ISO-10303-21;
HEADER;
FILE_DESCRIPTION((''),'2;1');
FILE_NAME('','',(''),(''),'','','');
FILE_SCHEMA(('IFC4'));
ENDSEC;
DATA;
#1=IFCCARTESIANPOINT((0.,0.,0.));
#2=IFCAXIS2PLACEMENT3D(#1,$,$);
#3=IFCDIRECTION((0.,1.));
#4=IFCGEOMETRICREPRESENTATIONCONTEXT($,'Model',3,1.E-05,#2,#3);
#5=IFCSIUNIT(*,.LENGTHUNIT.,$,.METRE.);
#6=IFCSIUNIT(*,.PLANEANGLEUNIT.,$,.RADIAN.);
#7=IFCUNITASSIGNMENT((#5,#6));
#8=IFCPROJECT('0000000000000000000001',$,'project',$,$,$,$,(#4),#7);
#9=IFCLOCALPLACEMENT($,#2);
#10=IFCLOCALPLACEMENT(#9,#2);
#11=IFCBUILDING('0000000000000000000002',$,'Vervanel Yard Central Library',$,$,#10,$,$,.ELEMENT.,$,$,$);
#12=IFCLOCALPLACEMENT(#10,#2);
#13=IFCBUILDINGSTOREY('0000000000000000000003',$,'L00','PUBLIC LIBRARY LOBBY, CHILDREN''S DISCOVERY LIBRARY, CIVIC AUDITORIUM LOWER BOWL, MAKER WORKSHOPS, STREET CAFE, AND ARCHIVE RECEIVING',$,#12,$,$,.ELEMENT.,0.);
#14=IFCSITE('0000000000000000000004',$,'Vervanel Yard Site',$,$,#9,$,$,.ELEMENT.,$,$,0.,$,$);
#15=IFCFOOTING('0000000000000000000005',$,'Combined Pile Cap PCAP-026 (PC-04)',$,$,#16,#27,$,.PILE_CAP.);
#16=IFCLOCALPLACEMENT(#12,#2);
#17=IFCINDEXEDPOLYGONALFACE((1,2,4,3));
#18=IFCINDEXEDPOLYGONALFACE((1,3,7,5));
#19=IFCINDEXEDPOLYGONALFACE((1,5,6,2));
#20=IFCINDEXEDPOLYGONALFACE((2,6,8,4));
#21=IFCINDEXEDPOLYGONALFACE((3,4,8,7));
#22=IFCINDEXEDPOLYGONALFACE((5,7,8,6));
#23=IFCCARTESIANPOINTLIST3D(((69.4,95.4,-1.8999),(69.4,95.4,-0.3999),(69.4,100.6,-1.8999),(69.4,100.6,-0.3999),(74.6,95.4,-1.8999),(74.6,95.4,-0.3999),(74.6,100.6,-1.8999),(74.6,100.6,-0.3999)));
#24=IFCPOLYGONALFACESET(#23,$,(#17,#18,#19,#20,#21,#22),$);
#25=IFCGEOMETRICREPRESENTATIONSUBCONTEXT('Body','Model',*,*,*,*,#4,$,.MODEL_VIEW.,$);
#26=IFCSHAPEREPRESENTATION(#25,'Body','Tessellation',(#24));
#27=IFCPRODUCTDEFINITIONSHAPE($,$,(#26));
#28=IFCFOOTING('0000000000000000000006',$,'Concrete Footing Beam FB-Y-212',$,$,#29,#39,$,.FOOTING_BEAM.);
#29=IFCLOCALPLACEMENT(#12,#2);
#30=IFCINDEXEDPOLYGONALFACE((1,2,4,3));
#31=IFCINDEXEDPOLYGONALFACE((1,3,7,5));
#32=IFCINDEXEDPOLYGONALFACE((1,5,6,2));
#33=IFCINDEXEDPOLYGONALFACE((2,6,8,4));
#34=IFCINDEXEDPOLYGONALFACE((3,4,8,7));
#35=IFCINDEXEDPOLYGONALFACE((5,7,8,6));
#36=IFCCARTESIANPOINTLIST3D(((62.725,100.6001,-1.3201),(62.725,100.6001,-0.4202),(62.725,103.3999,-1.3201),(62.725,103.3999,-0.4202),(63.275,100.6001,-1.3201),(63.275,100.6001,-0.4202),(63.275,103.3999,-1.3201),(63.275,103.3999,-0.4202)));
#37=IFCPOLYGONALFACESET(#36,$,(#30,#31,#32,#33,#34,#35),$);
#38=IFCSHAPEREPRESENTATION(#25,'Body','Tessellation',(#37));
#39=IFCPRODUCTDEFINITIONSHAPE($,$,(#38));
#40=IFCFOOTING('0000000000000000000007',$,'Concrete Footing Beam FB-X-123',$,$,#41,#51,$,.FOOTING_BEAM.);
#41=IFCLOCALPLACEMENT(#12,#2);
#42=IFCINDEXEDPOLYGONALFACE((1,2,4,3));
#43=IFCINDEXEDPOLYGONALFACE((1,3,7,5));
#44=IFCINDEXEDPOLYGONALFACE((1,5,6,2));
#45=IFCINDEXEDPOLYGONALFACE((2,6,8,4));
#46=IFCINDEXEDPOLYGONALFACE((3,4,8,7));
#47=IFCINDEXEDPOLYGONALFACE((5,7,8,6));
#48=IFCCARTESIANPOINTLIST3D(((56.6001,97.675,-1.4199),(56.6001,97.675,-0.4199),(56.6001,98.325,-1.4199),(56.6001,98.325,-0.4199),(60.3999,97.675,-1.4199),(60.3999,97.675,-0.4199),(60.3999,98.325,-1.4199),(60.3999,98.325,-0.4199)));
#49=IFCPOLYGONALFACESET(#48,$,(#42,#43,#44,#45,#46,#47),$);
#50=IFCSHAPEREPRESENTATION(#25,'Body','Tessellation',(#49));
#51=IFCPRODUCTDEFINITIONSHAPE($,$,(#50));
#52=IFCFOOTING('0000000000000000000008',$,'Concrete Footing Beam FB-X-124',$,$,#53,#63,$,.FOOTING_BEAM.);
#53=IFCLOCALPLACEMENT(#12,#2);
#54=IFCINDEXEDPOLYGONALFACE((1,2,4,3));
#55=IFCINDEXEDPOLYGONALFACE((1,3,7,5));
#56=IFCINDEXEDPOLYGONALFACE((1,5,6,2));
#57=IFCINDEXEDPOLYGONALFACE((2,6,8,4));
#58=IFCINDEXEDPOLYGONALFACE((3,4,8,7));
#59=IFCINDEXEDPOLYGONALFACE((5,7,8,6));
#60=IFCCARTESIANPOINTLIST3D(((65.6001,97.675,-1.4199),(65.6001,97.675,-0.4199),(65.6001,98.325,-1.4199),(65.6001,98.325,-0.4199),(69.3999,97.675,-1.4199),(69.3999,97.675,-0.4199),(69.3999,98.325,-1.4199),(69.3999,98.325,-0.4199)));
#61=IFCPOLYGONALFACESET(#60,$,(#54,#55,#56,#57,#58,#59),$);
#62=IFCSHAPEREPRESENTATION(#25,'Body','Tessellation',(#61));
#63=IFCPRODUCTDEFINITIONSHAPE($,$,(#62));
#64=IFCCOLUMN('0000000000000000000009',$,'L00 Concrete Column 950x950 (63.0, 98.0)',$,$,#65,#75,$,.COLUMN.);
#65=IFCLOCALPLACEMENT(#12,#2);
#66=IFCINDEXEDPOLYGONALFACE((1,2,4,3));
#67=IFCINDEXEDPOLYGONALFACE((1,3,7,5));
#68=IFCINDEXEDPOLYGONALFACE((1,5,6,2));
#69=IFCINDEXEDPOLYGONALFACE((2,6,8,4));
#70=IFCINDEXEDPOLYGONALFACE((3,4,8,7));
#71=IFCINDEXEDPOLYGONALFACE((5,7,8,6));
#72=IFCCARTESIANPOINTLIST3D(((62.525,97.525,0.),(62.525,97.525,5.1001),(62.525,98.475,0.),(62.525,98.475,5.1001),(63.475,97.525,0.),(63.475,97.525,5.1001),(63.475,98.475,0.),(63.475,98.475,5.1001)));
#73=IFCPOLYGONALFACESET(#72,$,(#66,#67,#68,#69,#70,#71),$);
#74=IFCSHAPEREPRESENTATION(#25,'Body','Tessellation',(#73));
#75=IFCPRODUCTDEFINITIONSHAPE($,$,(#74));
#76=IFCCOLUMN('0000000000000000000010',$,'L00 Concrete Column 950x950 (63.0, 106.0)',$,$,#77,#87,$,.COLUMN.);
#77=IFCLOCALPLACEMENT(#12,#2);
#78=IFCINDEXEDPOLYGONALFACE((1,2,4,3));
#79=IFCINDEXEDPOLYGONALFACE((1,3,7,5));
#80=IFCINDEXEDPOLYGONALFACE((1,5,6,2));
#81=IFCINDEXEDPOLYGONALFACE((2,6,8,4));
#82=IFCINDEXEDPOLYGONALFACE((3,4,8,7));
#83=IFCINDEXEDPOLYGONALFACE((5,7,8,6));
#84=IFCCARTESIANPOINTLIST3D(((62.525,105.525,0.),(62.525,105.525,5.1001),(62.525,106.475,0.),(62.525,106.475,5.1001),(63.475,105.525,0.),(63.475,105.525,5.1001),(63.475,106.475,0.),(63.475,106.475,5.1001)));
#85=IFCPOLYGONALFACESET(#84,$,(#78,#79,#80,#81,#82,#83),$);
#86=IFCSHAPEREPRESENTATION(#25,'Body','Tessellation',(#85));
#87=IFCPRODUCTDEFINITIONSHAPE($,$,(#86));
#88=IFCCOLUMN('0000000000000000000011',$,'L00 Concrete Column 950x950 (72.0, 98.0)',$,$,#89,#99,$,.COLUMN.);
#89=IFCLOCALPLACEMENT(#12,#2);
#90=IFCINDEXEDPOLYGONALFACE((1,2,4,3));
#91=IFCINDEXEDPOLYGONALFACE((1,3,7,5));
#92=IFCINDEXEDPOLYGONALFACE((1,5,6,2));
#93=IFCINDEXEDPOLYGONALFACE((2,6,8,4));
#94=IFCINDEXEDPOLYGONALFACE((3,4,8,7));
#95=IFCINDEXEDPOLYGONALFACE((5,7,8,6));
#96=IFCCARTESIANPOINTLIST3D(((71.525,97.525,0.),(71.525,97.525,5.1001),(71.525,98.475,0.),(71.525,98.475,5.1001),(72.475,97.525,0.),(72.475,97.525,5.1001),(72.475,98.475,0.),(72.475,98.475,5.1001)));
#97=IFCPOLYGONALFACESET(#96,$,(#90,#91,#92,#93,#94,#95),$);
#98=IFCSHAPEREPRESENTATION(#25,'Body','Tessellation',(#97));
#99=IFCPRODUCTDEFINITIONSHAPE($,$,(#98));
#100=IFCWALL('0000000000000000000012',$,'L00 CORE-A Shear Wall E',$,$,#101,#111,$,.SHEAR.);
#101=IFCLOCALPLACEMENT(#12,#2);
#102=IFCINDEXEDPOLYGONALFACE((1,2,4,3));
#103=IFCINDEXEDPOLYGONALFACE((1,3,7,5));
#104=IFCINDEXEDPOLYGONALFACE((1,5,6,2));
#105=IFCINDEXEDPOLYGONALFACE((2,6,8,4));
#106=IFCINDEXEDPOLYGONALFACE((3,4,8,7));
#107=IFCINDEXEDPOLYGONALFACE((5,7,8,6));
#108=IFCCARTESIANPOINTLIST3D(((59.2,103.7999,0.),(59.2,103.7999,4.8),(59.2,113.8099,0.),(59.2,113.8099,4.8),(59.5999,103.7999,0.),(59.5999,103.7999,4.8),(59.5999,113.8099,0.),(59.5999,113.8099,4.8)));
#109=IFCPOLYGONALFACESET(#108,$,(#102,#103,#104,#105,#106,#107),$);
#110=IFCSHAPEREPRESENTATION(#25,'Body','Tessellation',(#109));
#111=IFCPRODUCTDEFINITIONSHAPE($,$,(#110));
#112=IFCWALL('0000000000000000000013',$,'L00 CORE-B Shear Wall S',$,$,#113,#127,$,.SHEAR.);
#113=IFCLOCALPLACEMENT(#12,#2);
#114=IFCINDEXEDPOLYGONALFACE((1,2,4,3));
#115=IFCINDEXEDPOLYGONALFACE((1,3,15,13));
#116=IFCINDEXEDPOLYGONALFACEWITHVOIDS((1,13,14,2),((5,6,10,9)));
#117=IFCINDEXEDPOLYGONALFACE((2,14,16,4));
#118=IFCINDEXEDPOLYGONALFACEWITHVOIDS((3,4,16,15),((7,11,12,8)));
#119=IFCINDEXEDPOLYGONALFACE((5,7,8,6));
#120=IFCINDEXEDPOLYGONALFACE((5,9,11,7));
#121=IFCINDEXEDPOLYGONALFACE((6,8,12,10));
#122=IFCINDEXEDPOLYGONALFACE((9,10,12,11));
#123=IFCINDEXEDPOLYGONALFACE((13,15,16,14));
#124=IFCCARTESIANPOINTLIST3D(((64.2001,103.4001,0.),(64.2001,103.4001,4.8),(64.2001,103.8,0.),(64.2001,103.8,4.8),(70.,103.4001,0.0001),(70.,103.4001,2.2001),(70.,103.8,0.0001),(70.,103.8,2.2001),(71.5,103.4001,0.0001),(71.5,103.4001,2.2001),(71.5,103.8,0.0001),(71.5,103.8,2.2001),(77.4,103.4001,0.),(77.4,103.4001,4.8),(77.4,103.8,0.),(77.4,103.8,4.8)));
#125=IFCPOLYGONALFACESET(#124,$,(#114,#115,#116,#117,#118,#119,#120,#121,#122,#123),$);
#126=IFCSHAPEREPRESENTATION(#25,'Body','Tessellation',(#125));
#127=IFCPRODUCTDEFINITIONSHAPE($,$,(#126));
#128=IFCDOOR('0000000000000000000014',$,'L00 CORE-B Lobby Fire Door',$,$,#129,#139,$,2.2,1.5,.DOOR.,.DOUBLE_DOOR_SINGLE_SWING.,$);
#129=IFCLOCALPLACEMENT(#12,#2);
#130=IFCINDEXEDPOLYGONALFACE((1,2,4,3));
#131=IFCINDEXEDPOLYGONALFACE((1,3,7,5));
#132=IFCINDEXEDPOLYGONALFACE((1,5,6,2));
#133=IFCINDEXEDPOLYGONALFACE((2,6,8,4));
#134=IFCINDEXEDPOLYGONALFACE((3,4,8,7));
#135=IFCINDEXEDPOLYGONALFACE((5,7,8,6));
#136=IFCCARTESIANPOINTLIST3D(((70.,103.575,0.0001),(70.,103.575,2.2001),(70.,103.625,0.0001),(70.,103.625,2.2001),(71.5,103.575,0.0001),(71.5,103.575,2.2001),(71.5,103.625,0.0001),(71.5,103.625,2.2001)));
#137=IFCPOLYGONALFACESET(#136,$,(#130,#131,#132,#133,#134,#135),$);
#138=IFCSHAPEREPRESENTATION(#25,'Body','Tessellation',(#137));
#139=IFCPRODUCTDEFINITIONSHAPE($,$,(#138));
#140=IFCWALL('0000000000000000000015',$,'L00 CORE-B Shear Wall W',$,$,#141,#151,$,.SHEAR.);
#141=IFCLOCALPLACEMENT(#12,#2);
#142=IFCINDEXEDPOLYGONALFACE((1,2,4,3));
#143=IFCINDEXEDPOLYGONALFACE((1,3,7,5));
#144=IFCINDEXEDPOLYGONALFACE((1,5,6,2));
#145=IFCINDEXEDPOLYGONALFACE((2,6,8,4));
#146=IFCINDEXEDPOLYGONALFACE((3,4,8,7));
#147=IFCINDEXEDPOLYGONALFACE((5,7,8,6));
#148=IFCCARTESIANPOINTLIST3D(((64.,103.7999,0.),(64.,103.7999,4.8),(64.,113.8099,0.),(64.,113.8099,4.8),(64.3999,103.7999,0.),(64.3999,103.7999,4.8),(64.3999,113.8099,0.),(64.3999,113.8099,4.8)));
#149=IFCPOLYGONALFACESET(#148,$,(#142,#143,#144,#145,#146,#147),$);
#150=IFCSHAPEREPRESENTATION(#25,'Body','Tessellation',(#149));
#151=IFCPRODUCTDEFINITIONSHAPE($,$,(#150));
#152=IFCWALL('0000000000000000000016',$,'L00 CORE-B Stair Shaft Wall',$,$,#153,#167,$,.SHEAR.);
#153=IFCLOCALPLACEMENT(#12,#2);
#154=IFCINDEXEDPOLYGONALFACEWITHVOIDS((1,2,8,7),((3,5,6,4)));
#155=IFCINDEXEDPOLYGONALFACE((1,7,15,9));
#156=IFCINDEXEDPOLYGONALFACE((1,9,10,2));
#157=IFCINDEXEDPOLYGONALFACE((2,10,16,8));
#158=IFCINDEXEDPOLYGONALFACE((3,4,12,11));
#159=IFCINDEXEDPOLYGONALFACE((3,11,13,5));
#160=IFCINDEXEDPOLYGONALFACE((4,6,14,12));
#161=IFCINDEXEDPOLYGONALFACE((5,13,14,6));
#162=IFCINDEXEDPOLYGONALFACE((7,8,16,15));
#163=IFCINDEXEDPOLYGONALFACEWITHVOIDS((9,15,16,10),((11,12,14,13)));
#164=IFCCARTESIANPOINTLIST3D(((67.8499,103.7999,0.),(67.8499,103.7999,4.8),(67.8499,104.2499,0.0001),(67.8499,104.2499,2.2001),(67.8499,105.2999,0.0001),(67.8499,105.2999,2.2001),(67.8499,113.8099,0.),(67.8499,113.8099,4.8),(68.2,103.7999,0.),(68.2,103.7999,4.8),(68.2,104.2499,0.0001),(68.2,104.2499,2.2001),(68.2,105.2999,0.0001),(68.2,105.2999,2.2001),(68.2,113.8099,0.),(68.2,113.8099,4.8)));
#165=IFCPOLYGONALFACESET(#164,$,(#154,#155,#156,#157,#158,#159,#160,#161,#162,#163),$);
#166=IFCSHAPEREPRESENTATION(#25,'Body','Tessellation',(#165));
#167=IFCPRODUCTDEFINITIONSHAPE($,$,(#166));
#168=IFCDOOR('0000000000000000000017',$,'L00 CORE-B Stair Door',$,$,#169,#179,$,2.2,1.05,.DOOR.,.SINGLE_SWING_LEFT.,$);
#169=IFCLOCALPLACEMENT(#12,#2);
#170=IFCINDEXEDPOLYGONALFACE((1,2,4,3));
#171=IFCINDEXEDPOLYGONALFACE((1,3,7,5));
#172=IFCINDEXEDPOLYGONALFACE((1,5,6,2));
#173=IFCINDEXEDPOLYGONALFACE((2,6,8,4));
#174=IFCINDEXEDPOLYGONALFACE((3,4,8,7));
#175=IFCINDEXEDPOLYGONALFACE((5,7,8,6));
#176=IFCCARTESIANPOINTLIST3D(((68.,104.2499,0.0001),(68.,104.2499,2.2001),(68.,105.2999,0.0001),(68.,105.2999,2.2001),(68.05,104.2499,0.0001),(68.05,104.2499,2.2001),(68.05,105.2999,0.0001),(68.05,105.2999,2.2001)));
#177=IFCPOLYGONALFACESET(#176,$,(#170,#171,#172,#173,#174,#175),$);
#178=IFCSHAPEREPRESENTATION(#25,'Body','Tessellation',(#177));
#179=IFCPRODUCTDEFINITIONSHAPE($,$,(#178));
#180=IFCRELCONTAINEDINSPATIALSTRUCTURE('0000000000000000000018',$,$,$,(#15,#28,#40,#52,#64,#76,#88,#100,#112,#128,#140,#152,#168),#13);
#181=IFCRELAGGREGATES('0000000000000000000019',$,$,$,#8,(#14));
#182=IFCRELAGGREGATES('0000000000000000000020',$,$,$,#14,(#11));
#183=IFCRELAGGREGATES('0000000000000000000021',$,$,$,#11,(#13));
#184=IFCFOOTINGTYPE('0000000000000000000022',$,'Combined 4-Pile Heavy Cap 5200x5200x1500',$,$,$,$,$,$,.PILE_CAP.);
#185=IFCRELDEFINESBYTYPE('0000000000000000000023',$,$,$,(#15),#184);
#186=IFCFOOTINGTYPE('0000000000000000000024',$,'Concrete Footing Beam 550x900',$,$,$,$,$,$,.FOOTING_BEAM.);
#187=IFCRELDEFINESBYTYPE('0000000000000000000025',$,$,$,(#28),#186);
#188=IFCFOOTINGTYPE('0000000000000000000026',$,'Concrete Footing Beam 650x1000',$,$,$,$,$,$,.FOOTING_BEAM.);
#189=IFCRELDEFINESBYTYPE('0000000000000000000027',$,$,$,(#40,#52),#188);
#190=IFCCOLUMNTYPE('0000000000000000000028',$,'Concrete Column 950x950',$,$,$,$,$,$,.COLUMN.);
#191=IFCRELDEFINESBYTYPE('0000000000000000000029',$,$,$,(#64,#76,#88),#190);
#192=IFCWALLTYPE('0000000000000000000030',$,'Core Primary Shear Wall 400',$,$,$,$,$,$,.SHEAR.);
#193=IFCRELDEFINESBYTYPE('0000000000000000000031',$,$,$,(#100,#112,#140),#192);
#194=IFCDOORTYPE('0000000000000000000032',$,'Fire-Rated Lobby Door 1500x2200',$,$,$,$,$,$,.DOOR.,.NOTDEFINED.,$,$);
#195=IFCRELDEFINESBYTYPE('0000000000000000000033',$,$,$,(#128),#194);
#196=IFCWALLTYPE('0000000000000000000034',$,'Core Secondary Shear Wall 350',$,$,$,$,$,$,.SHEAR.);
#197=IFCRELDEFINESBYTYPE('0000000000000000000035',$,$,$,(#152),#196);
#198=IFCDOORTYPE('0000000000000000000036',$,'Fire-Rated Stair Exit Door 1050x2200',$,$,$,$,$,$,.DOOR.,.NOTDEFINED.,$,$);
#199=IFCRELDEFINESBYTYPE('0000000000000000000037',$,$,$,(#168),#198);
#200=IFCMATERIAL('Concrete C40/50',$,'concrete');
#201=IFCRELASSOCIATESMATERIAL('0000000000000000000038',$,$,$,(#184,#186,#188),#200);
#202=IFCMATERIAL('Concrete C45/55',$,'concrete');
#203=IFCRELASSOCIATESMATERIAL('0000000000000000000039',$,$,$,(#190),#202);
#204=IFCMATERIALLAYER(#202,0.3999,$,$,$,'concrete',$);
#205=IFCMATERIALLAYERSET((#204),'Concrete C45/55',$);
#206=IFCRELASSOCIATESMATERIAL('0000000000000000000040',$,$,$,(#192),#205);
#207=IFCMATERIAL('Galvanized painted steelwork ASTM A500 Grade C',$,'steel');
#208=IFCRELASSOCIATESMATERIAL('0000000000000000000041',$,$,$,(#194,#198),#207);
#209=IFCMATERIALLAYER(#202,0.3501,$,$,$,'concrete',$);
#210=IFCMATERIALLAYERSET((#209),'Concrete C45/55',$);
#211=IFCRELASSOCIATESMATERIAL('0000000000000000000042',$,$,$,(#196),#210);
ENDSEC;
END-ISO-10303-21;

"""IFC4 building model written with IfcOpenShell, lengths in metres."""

from ifc_helpers import new_model, si_unit, direction, frame, frame_2d, origin, origin_2d, place, context, subcontext, project, spatial, rectangle, extrude, material, layer, layer_set, material_profile, profile_set, type_object, element, fill, save


model = new_model("IFC4")

# Units and contexts
model_context = context("Model", 3, precision=1e-05, world=origin(), true_north=direction((0.0, 1.0)))
body_context = subcontext(model_context, "Body", "Model", "MODEL_VIEW")
ifc_project = project(units=[si_unit("LENGTHUNIT", "METRE"), si_unit("PLANEANGLEUNIT", "RADIAN")], contexts=[model_context])

# Site, building, storey
site_placement = place(None, origin())
site = spatial("IfcSite", under=ifc_project, at=site_placement, Name="Vervanel Yard Site", CompositionType="ELEMENT", RefElevation=0.0)
building_placement = place(site_placement, origin())
building = spatial("IfcBuilding", under=site, at=building_placement, Name="Vervanel Yard Central Library", CompositionType="ELEMENT")
storey_placement = place(building_placement, origin())
storey = spatial("IfcBuildingStorey", under=building, at=storey_placement, Name="L00", Description="PUBLIC LIBRARY LOBBY, CHILDREN'S DISCOVERY LIBRARY, CIVIC AUDITORIUM LOWER BOWL, MAKER WORKSHOPS, STREET CAFE, AND ARCHIVE RECEIVING", CompositionType="ELEMENT", Elevation=0.0)

# Shared definitions
ifc_material_1 = material(Name="Concrete C40/50", Category="concrete")

# Footings
footing_type_1 = type_object("IfcFootingType", Name="Combined 4-Pile Heavy Cap 5200x5200x1500", PredefinedType="PILE_CAP", material=ifc_material_1)
for number, where, z_axis, x_axis, name in (
    (1, (72.0, 98.0, -1.8999), (0.0, 0.0, 1.0), (1.0, 0.0, 0.0), "Combined Pile Cap PCAP-026 (PC-04)"),
):
    element("IfcFooting", number, at=place(storey_placement, frame(where, z_axis=z_axis, x_axis=x_axis)), inside=storey, type_object=footing_type_1, Name=name, PredefinedType="PILE_CAP", context=body_context, shape_type="SweptSolid", body=[
        extrude(rectangle(XDim=5.2, YDim=5.2, at=origin_2d()), origin(), (0.0, 0.0, 1.0), 1.5),
    ])
ifc_material_profile_1 = material_profile(ifc_material_1, rectangle(XDim=0.55, YDim=0.8999, at=origin_2d()), Name="RC 550x900", Category="concrete")
ifc_profile_set_1 = profile_set([ifc_material_profile_1], Name="Concrete C40/50")
footing_type_2 = type_object("IfcFootingType", Name="Concrete Footing Beam 550x900", PredefinedType="FOOTING_BEAM", material=ifc_profile_set_1)
footing_placement = place(storey_placement, frame((63.0, 100.6001, -0.8701), z_axis=(0.0, 1.0, 0.0), x_axis=(-1.0, 0.0, 0.0)))
element("IfcFooting", 2, at=footing_placement, inside=storey, type_object=footing_type_2, Name="Concrete Footing Beam FB-Y-212", PredefinedType="FOOTING_BEAM", context=body_context, shape_type="SweptSolid", body=[
    extrude(rectangle(XDim=0.55, YDim=0.8999, at=origin_2d()), origin(), (0.0, 0.0, 1.0), 2.7998),
])
ifc_material_profile_2 = material_profile(ifc_material_1, rectangle(XDim=0.6499, YDim=1.0, at=origin_2d()), Name="RC 650x1000", Category="concrete")
ifc_profile_set_2 = profile_set([ifc_material_profile_2], Name="Concrete C40/50")
footing_type_3 = type_object("IfcFootingType", Name="Concrete Footing Beam 650x1000", PredefinedType="FOOTING_BEAM", material=ifc_profile_set_2)
for number, where, z_axis, x_axis, name in (
    (3, (56.6001, 98.0, -0.9199), (1.0, 0.0, 0.0), (0.0, 1.0, 0.0), "Concrete Footing Beam FB-X-123"),
    (4, (65.6001, 98.0, -0.9199), (1.0, 0.0, 0.0), (0.0, 1.0, 0.0), "Concrete Footing Beam FB-X-124"),
):
    element("IfcFooting", number, at=place(storey_placement, frame(where, z_axis=z_axis, x_axis=x_axis)), inside=storey, type_object=footing_type_3, Name=name, PredefinedType="FOOTING_BEAM", context=body_context, shape_type="SweptSolid", body=[
        extrude(rectangle(XDim=0.6499, YDim=1.0, at=origin_2d()), origin(), (0.0, 0.0, 1.0), 3.7998),
    ])

# Columns
ifc_material_2 = material(Name="Concrete C45/55", Category="concrete")
ifc_material_profile_3 = material_profile(ifc_material_2, rectangle(XDim=0.95, YDim=0.95, at=origin_2d()), Name="RC 950x950", Category="concrete")
ifc_profile_set_3 = profile_set([ifc_material_profile_3], Name="Concrete C45/55")
column_type = type_object("IfcColumnType", Name="Concrete Column 950x950", PredefinedType="COLUMN", material=ifc_profile_set_3)
for number, where, z_axis, x_axis, name in (
    (5, (63.0, 98.0, 0.0), (0.0, 0.0, 1.0), (1.0, 0.0, 0.0), "L00 Concrete Column 950x950 (63.0, 98.0)"),
    (6, (63.0, 106.0, 0.0), (0.0, 0.0, 1.0), (1.0, 0.0, 0.0), "L00 Concrete Column 950x950 (63.0, 106.0)"),
    (7, (72.0, 98.0, 0.0), (0.0, 0.0, 1.0), (1.0, 0.0, 0.0), "L00 Concrete Column 950x950 (72.0, 98.0)"),
):
    element("IfcColumn", number, at=place(storey_placement, frame(where, z_axis=z_axis, x_axis=x_axis)), inside=storey, type_object=column_type, Name=name, PredefinedType="COLUMN", context=body_context, shape_type="SweptSolid", body=[
        extrude(rectangle(XDim=0.95, YDim=0.95, at=origin_2d()), origin(), (0.0, 0.0, 1.0), 5.1001),
    ])

# Wall
ifc_layer_1 = layer(ifc_material_2, 0.3999, Category="concrete")
ifc_layer_set_1 = layer_set([ifc_layer_1], Name="Concrete C45/55")
wall_type_1 = type_object("IfcWallType", Name="Core Primary Shear Wall 400", PredefinedType="SHEAR", material=ifc_layer_set_1)
wall_1_placement = place(storey_placement, frame((59.3999, 103.8, 0.0), z_axis=(0.0, 0.0, 1.0), x_axis=(0.0, 1.0, 0.0)))
element("IfcWall", 8, at=wall_1_placement, inside=storey, type_object=wall_type_1, Name="L00 CORE-A Shear Wall E", PredefinedType="SHEAR", context=body_context, shape_type="SweptSolid", body=[
    extrude(rectangle(XDim=10.01, YDim=0.3999, at=frame_2d((5.0049, 0.0))), origin(), (0.0, 0.0, 1.0), 4.8),
])

# Wall, opening, door
wall_2_placement = place(storey_placement, frame((64.2, 103.6001, 0.0), z_axis=(0.0, 0.0, 1.0), x_axis=(1.0, 0.0, 0.0)))
wall_2 = element("IfcWall", 9, at=wall_2_placement, inside=storey, type_object=wall_type_1, Name="L00 CORE-B Shear Wall S", PredefinedType="SHEAR", context=body_context, shape_type="SweptSolid", body=[
    extrude(rectangle(XDim=13.2, YDim=0.3999, at=frame_2d((6.6001, 0.0))), origin(), (0.0, 0.0, 1.0), 4.8),
])
opening_1_placement = place(wall_2_placement, frame((5.8, 0.0, 0.0)))
opening_1 = element("IfcOpeningElement", 10, at=opening_1_placement, cuts=wall_2, PredefinedType="OPENING", context=body_context, shape_type="SweptSolid", body=[
    extrude(rectangle(XDim=1.5, YDim=2.2, at=frame_2d((0.75, 1.1001))), frame((0.0, 0.21, 0.0), z_axis=(0.0, -1.0, 0.0), x_axis=(1.0, 0.0, 0.0)), (0.0, 0.0, 1.0), 0.4199),
])
ifc_material_3 = material(Name="Galvanized painted steelwork ASTM A500 Grade C", Category="steel")
door_type_1 = type_object("IfcDoorType", Name="Fire-Rated Lobby Door 1500x2200", OperationType="NOTDEFINED", PredefinedType="DOOR", material=ifc_material_3)
door_1_placement = place(opening_1_placement, origin())
door_1 = element("IfcDoor", 11, at=door_1_placement, inside=storey, type_object=door_type_1, Name="L00 CORE-B Lobby Fire Door", OperationType="DOUBLE_DOOR_SINGLE_SWING", OverallHeight=2.2, OverallWidth=1.5, PredefinedType="DOOR", context=body_context, shape_type="SweptSolid", body=[
    extrude(rectangle(XDim=1.5, YDim=2.2, at=frame_2d((0.75, 1.1001))), frame((0.0, 0.0249, 0.0), z_axis=(0.0, -1.0, 0.0), x_axis=(1.0, 0.0, 0.0)), (0.0, 0.0, 1.0), 0.05),
])
fill(opening_1, door_1)

# Wall
wall_3_placement = place(storey_placement, frame((64.2, 103.8, 0.0), z_axis=(0.0, 0.0, 1.0), x_axis=(0.0, 1.0, 0.0)))
element("IfcWall", 12, at=wall_3_placement, inside=storey, type_object=wall_type_1, Name="L00 CORE-B Shear Wall W", PredefinedType="SHEAR", context=body_context, shape_type="SweptSolid", body=[
    extrude(rectangle(XDim=10.01, YDim=0.3999, at=frame_2d((5.0049, 0.0))), origin(), (0.0, 0.0, 1.0), 4.8),
])

# Wall, opening, door
ifc_layer_2 = layer(ifc_material_2, 0.3501, Category="concrete")
ifc_layer_set_2 = layer_set([ifc_layer_2], Name="Concrete C45/55")
wall_type_2 = type_object("IfcWallType", Name="Core Secondary Shear Wall 350", PredefinedType="SHEAR", material=ifc_layer_set_2)
wall_4_placement = place(storey_placement, frame((68.0249, 103.8, 0.0), z_axis=(0.0, 0.0, 1.0), x_axis=(0.0, 1.0, 0.0)))
wall_4 = element("IfcWall", 13, at=wall_4_placement, inside=storey, type_object=wall_type_2, Name="L00 CORE-B Stair Shaft Wall", PredefinedType="SHEAR", context=body_context, shape_type="SweptSolid", body=[
    extrude(rectangle(XDim=10.01, YDim=0.3501, at=frame_2d((5.0049, 0.0))), origin(), (0.0, 0.0, 1.0), 4.8),
])
opening_2_placement = place(wall_4_placement, frame((0.45, 0.0, 0.0)))
opening_2 = element("IfcOpeningElement", 14, at=opening_2_placement, cuts=wall_4, PredefinedType="OPENING", context=body_context, shape_type="SweptSolid", body=[
    extrude(rectangle(XDim=1.05, YDim=2.2, at=frame_2d((0.5249, 1.1001))), frame((0.0, 0.1851, 0.0), z_axis=(0.0, -1.0, 0.0), x_axis=(1.0, 0.0, 0.0)), (0.0, 0.0, 1.0), 0.3701),
])
door_type_2 = type_object("IfcDoorType", Name="Fire-Rated Stair Exit Door 1050x2200", OperationType="NOTDEFINED", PredefinedType="DOOR", material=ifc_material_3)
door_2_placement = place(opening_2_placement, origin())
door_2 = element("IfcDoor", 15, at=door_2_placement, inside=storey, type_object=door_type_2, Name="L00 CORE-B Stair Door", OperationType="SINGLE_SWING_LEFT", OverallHeight=2.2, OverallWidth=1.05, PredefinedType="DOOR", context=body_context, shape_type="SweptSolid", body=[
    extrude(rectangle(XDim=1.05, YDim=2.2, at=frame_2d((0.5249, 1.1001))), frame((0.0, 0.0249, 0.0), z_axis=(0.0, -1.0, 0.0), x_axis=(1.0, 0.0, 0.0)), (0.0, 0.0, 1.0), 0.05),
])
fill(opening_2, door_2)

save(model, "model.ifc")
